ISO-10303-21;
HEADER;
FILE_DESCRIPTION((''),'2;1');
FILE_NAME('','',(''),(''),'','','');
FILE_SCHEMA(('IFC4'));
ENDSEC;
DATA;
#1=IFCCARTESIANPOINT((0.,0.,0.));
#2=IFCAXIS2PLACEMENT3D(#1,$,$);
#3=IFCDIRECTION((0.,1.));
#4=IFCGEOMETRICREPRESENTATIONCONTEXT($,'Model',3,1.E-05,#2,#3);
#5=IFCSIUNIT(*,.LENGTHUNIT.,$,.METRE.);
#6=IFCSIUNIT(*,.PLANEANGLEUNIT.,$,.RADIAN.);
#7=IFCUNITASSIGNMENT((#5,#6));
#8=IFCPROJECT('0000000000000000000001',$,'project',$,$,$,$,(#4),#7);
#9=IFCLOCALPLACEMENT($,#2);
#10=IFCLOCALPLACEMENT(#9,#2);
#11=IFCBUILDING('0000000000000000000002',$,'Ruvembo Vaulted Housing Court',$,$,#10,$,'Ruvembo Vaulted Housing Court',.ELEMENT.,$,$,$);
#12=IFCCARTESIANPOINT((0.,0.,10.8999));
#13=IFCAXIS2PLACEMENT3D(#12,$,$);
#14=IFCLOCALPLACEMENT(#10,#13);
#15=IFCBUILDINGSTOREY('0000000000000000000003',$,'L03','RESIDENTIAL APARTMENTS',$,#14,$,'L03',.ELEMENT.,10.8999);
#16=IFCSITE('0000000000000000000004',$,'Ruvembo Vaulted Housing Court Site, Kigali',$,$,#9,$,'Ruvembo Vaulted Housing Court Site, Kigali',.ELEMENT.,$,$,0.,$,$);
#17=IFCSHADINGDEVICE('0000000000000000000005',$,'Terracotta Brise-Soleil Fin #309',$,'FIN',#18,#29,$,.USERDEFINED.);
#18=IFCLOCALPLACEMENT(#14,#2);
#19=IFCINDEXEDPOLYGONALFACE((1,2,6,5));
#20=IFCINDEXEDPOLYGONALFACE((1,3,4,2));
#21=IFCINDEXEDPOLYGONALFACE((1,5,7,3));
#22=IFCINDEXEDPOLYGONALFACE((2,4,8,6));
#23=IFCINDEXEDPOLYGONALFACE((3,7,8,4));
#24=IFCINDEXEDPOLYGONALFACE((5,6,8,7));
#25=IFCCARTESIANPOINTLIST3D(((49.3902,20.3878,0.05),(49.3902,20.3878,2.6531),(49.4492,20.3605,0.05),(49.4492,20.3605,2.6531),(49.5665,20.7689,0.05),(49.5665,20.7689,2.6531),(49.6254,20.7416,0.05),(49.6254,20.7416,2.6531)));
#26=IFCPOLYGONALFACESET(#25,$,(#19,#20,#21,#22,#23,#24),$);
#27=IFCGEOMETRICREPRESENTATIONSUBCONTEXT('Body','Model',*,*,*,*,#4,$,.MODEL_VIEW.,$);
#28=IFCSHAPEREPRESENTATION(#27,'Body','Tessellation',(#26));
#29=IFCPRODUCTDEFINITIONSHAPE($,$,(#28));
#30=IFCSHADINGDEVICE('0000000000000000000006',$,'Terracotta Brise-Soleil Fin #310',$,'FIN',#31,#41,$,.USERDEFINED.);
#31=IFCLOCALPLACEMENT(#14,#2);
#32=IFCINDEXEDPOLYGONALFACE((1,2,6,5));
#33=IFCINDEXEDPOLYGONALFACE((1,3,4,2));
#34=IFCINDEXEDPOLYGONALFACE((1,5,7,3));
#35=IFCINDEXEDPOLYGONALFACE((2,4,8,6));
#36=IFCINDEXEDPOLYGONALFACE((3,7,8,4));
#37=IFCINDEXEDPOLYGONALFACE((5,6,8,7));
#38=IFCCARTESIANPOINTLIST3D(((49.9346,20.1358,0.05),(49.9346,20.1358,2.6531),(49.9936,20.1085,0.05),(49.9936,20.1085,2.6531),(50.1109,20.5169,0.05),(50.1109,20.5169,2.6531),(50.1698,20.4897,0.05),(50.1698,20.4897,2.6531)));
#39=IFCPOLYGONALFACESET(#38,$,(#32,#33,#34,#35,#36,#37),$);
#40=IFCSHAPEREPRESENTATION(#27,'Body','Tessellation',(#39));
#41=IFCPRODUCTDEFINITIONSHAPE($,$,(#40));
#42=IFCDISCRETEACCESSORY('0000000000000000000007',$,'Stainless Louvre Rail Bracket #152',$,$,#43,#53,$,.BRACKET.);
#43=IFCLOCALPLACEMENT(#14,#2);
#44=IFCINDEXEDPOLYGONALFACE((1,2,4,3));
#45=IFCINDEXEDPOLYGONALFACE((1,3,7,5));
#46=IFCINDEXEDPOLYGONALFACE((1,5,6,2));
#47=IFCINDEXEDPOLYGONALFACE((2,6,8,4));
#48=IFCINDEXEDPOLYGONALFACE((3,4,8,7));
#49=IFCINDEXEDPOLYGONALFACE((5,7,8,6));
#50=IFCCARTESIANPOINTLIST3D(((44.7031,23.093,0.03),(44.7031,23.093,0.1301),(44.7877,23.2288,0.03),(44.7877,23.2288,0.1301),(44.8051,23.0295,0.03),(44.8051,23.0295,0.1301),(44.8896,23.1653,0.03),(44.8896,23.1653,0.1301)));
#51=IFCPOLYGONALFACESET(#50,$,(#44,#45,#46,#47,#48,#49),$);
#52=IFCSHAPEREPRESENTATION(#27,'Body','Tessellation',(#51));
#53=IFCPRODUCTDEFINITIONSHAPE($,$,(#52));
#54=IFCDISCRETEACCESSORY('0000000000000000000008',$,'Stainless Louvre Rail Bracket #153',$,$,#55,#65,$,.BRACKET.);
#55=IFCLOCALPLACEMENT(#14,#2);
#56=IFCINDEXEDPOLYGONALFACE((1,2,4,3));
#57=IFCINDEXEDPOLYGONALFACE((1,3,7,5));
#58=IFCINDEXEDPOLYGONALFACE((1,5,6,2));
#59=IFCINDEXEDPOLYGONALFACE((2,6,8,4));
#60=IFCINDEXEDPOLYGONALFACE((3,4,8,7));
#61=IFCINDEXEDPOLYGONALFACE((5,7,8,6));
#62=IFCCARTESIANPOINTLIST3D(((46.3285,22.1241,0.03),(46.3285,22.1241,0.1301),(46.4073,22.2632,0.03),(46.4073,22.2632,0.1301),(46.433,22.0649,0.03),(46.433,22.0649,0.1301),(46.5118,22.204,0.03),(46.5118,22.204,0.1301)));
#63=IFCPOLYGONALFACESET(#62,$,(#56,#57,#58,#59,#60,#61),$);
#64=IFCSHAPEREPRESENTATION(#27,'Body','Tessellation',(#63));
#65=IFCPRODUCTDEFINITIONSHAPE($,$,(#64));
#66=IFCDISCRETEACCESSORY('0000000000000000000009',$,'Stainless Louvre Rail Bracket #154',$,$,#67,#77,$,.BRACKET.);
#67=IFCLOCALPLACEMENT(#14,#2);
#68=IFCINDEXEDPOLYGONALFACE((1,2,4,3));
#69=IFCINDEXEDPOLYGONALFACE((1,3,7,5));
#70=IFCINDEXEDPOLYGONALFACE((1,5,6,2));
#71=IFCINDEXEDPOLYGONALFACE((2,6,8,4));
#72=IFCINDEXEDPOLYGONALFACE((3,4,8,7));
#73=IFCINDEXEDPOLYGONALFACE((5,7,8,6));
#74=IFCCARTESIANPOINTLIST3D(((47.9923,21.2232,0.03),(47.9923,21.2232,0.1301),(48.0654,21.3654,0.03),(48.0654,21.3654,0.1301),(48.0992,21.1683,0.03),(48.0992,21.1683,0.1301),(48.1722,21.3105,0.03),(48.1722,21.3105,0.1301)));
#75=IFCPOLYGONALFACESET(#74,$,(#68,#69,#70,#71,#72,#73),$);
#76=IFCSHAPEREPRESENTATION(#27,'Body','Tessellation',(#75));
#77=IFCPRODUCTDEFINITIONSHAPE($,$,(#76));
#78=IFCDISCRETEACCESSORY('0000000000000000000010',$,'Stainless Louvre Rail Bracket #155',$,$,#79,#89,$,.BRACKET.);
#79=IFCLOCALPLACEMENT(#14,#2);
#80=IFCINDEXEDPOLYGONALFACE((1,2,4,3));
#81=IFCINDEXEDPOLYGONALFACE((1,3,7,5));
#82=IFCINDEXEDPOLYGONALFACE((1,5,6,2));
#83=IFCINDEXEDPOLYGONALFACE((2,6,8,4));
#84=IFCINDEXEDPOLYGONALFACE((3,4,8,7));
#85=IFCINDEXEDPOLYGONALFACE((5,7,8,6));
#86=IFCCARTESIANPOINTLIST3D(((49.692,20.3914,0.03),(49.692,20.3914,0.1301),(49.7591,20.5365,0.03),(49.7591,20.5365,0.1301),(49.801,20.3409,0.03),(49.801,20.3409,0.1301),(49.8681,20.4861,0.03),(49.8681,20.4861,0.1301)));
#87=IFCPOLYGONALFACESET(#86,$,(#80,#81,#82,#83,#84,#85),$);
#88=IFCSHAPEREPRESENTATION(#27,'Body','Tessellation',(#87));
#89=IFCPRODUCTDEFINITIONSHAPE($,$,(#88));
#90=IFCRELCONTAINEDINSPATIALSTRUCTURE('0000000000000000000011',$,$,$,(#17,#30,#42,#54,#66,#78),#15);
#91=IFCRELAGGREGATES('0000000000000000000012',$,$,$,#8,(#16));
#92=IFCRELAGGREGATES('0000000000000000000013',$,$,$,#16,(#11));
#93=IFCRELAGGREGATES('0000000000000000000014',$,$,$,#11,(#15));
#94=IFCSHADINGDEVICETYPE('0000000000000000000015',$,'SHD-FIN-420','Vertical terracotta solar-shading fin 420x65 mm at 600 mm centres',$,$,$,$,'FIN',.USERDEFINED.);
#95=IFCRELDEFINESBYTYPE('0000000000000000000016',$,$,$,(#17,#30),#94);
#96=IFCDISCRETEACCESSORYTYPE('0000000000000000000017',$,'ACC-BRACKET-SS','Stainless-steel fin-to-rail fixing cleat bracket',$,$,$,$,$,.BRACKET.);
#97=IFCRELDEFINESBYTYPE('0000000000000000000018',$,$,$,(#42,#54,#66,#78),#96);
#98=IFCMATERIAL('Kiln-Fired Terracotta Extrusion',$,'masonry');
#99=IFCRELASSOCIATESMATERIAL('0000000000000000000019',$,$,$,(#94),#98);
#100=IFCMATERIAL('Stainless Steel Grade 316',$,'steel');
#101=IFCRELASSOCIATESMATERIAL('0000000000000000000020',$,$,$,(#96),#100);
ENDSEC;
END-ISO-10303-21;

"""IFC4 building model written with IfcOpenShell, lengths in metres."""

from ifc_helpers import new_model, si_unit, direction, frame, origin, origin_2d, place, context, subcontext, project, spatial, rectangle, extrude, material, type_object, element, save


model = new_model("IFC4")

# Units and contexts
model_context = context("Model", 3, precision=1e-05, world=origin(), true_north=direction((0.0, 1.0)))
body_context = subcontext(model_context, "Body", "Model", "MODEL_VIEW")
ifc_project = project(units=[si_unit("LENGTHUNIT", "METRE"), si_unit("PLANEANGLEUNIT", "RADIAN")], contexts=[model_context])

# Site, building, storey
site_placement = place(None, origin())
site = spatial("IfcSite", under=ifc_project, at=site_placement, Name="Ruvembo Vaulted Housing Court Site, Kigali", LongName="Ruvembo Vaulted Housing Court Site, Kigali", CompositionType="ELEMENT", RefElevation=0.0)
building_placement = place(site_placement, origin())
building = spatial("IfcBuilding", under=site, at=building_placement, Name="Ruvembo Vaulted Housing Court", LongName="Ruvembo Vaulted Housing Court", CompositionType="ELEMENT")
storey_placement = place(building_placement, frame((0.0, 0.0, 10.8999)))
storey = spatial("IfcBuildingStorey", under=building, at=storey_placement, Name="L03", Description="RESIDENTIAL APARTMENTS", LongName="L03", CompositionType="ELEMENT", Elevation=10.8999)

# Shading devices
ifc_material_1 = material(Name="Kiln-Fired Terracotta Extrusion", Category="masonry")
shading_device_type = type_object("IfcShadingDeviceType", Name="SHD-FIN-420", Description="Vertical terracotta solar-shading fin 420x65 mm at 600 mm centres", ElementType="FIN", PredefinedType="USERDEFINED", material=ifc_material_1)
for number, where, z_axis, x_axis, name in (
    (1, (49.5078, 20.5647, 0.05), (0.0, 0.0, 1.0), (-0.419737, -0.907646, 0.0), "Terracotta Brise-Soleil Fin #309"),
    (2, (50.0522, 20.3127, 0.05), (0.0, 0.0, 1.0), (-0.419737, -0.907646, 0.0), "Terracotta Brise-Soleil Fin #310"),
):
    element("IfcShadingDevice", number, at=place(storey_placement, frame(where, z_axis=z_axis, x_axis=x_axis)), inside=storey, type_object=shading_device_type, Name=name, ObjectType="FIN", PredefinedType="USERDEFINED", context=body_context, shape_type="SweptSolid", body=[
        extrude(rectangle(XDim=0.4199, YDim=0.0649, at=origin_2d()), origin(), (0.0, 0.0, 1.0), 2.603),
    ])

# Discrete accessories
ifc_material_2 = material(Name="Stainless Steel Grade 316", Category="steel")
discrete_accessory_type = type_object("IfcDiscreteAccessoryType", Name="ACC-BRACKET-SS", Description="Stainless-steel fin-to-rail fixing cleat bracket", PredefinedType="BRACKET", material=ifc_material_2)
for number, where, z_axis, x_axis, name in (
    (3, (44.7964, 23.1292, 0.03), (0.0, 0.0, 1.0), (-0.528557, -0.848898, 0.0), "Stainless Louvre Rail Bracket #152"),
    (4, (46.4202, 22.1641, 0.03), (0.0, 0.0, 1.0), (-0.493107, -0.869969, 0.0), "Stainless Louvre Rail Bracket #153"),
    (5, (48.0823, 21.2668, 0.03), (0.0, 0.0, 1.0), (-0.45685, -0.889544, 0.0), "Stainless Louvre Rail Bracket #154"),
    (6, (49.78, 20.4387, 0.03), (0.0, 0.0, 1.0), (-0.419737, -0.907646, 0.0), "Stainless Louvre Rail Bracket #155"),
):
    element("IfcDiscreteAccessory", number, at=place(storey_placement, frame(where, z_axis=z_axis, x_axis=x_axis)), inside=storey, type_object=discrete_accessory_type, Name=name, PredefinedType="BRACKET", context=body_context, shape_type="SweptSolid", body=[
        extrude(rectangle(XDim=0.1599, YDim=0.1201, at=origin_2d()), origin(), (0.0, 0.0, 1.0), 0.1001),
    ])

save(model, "model.ifc")
